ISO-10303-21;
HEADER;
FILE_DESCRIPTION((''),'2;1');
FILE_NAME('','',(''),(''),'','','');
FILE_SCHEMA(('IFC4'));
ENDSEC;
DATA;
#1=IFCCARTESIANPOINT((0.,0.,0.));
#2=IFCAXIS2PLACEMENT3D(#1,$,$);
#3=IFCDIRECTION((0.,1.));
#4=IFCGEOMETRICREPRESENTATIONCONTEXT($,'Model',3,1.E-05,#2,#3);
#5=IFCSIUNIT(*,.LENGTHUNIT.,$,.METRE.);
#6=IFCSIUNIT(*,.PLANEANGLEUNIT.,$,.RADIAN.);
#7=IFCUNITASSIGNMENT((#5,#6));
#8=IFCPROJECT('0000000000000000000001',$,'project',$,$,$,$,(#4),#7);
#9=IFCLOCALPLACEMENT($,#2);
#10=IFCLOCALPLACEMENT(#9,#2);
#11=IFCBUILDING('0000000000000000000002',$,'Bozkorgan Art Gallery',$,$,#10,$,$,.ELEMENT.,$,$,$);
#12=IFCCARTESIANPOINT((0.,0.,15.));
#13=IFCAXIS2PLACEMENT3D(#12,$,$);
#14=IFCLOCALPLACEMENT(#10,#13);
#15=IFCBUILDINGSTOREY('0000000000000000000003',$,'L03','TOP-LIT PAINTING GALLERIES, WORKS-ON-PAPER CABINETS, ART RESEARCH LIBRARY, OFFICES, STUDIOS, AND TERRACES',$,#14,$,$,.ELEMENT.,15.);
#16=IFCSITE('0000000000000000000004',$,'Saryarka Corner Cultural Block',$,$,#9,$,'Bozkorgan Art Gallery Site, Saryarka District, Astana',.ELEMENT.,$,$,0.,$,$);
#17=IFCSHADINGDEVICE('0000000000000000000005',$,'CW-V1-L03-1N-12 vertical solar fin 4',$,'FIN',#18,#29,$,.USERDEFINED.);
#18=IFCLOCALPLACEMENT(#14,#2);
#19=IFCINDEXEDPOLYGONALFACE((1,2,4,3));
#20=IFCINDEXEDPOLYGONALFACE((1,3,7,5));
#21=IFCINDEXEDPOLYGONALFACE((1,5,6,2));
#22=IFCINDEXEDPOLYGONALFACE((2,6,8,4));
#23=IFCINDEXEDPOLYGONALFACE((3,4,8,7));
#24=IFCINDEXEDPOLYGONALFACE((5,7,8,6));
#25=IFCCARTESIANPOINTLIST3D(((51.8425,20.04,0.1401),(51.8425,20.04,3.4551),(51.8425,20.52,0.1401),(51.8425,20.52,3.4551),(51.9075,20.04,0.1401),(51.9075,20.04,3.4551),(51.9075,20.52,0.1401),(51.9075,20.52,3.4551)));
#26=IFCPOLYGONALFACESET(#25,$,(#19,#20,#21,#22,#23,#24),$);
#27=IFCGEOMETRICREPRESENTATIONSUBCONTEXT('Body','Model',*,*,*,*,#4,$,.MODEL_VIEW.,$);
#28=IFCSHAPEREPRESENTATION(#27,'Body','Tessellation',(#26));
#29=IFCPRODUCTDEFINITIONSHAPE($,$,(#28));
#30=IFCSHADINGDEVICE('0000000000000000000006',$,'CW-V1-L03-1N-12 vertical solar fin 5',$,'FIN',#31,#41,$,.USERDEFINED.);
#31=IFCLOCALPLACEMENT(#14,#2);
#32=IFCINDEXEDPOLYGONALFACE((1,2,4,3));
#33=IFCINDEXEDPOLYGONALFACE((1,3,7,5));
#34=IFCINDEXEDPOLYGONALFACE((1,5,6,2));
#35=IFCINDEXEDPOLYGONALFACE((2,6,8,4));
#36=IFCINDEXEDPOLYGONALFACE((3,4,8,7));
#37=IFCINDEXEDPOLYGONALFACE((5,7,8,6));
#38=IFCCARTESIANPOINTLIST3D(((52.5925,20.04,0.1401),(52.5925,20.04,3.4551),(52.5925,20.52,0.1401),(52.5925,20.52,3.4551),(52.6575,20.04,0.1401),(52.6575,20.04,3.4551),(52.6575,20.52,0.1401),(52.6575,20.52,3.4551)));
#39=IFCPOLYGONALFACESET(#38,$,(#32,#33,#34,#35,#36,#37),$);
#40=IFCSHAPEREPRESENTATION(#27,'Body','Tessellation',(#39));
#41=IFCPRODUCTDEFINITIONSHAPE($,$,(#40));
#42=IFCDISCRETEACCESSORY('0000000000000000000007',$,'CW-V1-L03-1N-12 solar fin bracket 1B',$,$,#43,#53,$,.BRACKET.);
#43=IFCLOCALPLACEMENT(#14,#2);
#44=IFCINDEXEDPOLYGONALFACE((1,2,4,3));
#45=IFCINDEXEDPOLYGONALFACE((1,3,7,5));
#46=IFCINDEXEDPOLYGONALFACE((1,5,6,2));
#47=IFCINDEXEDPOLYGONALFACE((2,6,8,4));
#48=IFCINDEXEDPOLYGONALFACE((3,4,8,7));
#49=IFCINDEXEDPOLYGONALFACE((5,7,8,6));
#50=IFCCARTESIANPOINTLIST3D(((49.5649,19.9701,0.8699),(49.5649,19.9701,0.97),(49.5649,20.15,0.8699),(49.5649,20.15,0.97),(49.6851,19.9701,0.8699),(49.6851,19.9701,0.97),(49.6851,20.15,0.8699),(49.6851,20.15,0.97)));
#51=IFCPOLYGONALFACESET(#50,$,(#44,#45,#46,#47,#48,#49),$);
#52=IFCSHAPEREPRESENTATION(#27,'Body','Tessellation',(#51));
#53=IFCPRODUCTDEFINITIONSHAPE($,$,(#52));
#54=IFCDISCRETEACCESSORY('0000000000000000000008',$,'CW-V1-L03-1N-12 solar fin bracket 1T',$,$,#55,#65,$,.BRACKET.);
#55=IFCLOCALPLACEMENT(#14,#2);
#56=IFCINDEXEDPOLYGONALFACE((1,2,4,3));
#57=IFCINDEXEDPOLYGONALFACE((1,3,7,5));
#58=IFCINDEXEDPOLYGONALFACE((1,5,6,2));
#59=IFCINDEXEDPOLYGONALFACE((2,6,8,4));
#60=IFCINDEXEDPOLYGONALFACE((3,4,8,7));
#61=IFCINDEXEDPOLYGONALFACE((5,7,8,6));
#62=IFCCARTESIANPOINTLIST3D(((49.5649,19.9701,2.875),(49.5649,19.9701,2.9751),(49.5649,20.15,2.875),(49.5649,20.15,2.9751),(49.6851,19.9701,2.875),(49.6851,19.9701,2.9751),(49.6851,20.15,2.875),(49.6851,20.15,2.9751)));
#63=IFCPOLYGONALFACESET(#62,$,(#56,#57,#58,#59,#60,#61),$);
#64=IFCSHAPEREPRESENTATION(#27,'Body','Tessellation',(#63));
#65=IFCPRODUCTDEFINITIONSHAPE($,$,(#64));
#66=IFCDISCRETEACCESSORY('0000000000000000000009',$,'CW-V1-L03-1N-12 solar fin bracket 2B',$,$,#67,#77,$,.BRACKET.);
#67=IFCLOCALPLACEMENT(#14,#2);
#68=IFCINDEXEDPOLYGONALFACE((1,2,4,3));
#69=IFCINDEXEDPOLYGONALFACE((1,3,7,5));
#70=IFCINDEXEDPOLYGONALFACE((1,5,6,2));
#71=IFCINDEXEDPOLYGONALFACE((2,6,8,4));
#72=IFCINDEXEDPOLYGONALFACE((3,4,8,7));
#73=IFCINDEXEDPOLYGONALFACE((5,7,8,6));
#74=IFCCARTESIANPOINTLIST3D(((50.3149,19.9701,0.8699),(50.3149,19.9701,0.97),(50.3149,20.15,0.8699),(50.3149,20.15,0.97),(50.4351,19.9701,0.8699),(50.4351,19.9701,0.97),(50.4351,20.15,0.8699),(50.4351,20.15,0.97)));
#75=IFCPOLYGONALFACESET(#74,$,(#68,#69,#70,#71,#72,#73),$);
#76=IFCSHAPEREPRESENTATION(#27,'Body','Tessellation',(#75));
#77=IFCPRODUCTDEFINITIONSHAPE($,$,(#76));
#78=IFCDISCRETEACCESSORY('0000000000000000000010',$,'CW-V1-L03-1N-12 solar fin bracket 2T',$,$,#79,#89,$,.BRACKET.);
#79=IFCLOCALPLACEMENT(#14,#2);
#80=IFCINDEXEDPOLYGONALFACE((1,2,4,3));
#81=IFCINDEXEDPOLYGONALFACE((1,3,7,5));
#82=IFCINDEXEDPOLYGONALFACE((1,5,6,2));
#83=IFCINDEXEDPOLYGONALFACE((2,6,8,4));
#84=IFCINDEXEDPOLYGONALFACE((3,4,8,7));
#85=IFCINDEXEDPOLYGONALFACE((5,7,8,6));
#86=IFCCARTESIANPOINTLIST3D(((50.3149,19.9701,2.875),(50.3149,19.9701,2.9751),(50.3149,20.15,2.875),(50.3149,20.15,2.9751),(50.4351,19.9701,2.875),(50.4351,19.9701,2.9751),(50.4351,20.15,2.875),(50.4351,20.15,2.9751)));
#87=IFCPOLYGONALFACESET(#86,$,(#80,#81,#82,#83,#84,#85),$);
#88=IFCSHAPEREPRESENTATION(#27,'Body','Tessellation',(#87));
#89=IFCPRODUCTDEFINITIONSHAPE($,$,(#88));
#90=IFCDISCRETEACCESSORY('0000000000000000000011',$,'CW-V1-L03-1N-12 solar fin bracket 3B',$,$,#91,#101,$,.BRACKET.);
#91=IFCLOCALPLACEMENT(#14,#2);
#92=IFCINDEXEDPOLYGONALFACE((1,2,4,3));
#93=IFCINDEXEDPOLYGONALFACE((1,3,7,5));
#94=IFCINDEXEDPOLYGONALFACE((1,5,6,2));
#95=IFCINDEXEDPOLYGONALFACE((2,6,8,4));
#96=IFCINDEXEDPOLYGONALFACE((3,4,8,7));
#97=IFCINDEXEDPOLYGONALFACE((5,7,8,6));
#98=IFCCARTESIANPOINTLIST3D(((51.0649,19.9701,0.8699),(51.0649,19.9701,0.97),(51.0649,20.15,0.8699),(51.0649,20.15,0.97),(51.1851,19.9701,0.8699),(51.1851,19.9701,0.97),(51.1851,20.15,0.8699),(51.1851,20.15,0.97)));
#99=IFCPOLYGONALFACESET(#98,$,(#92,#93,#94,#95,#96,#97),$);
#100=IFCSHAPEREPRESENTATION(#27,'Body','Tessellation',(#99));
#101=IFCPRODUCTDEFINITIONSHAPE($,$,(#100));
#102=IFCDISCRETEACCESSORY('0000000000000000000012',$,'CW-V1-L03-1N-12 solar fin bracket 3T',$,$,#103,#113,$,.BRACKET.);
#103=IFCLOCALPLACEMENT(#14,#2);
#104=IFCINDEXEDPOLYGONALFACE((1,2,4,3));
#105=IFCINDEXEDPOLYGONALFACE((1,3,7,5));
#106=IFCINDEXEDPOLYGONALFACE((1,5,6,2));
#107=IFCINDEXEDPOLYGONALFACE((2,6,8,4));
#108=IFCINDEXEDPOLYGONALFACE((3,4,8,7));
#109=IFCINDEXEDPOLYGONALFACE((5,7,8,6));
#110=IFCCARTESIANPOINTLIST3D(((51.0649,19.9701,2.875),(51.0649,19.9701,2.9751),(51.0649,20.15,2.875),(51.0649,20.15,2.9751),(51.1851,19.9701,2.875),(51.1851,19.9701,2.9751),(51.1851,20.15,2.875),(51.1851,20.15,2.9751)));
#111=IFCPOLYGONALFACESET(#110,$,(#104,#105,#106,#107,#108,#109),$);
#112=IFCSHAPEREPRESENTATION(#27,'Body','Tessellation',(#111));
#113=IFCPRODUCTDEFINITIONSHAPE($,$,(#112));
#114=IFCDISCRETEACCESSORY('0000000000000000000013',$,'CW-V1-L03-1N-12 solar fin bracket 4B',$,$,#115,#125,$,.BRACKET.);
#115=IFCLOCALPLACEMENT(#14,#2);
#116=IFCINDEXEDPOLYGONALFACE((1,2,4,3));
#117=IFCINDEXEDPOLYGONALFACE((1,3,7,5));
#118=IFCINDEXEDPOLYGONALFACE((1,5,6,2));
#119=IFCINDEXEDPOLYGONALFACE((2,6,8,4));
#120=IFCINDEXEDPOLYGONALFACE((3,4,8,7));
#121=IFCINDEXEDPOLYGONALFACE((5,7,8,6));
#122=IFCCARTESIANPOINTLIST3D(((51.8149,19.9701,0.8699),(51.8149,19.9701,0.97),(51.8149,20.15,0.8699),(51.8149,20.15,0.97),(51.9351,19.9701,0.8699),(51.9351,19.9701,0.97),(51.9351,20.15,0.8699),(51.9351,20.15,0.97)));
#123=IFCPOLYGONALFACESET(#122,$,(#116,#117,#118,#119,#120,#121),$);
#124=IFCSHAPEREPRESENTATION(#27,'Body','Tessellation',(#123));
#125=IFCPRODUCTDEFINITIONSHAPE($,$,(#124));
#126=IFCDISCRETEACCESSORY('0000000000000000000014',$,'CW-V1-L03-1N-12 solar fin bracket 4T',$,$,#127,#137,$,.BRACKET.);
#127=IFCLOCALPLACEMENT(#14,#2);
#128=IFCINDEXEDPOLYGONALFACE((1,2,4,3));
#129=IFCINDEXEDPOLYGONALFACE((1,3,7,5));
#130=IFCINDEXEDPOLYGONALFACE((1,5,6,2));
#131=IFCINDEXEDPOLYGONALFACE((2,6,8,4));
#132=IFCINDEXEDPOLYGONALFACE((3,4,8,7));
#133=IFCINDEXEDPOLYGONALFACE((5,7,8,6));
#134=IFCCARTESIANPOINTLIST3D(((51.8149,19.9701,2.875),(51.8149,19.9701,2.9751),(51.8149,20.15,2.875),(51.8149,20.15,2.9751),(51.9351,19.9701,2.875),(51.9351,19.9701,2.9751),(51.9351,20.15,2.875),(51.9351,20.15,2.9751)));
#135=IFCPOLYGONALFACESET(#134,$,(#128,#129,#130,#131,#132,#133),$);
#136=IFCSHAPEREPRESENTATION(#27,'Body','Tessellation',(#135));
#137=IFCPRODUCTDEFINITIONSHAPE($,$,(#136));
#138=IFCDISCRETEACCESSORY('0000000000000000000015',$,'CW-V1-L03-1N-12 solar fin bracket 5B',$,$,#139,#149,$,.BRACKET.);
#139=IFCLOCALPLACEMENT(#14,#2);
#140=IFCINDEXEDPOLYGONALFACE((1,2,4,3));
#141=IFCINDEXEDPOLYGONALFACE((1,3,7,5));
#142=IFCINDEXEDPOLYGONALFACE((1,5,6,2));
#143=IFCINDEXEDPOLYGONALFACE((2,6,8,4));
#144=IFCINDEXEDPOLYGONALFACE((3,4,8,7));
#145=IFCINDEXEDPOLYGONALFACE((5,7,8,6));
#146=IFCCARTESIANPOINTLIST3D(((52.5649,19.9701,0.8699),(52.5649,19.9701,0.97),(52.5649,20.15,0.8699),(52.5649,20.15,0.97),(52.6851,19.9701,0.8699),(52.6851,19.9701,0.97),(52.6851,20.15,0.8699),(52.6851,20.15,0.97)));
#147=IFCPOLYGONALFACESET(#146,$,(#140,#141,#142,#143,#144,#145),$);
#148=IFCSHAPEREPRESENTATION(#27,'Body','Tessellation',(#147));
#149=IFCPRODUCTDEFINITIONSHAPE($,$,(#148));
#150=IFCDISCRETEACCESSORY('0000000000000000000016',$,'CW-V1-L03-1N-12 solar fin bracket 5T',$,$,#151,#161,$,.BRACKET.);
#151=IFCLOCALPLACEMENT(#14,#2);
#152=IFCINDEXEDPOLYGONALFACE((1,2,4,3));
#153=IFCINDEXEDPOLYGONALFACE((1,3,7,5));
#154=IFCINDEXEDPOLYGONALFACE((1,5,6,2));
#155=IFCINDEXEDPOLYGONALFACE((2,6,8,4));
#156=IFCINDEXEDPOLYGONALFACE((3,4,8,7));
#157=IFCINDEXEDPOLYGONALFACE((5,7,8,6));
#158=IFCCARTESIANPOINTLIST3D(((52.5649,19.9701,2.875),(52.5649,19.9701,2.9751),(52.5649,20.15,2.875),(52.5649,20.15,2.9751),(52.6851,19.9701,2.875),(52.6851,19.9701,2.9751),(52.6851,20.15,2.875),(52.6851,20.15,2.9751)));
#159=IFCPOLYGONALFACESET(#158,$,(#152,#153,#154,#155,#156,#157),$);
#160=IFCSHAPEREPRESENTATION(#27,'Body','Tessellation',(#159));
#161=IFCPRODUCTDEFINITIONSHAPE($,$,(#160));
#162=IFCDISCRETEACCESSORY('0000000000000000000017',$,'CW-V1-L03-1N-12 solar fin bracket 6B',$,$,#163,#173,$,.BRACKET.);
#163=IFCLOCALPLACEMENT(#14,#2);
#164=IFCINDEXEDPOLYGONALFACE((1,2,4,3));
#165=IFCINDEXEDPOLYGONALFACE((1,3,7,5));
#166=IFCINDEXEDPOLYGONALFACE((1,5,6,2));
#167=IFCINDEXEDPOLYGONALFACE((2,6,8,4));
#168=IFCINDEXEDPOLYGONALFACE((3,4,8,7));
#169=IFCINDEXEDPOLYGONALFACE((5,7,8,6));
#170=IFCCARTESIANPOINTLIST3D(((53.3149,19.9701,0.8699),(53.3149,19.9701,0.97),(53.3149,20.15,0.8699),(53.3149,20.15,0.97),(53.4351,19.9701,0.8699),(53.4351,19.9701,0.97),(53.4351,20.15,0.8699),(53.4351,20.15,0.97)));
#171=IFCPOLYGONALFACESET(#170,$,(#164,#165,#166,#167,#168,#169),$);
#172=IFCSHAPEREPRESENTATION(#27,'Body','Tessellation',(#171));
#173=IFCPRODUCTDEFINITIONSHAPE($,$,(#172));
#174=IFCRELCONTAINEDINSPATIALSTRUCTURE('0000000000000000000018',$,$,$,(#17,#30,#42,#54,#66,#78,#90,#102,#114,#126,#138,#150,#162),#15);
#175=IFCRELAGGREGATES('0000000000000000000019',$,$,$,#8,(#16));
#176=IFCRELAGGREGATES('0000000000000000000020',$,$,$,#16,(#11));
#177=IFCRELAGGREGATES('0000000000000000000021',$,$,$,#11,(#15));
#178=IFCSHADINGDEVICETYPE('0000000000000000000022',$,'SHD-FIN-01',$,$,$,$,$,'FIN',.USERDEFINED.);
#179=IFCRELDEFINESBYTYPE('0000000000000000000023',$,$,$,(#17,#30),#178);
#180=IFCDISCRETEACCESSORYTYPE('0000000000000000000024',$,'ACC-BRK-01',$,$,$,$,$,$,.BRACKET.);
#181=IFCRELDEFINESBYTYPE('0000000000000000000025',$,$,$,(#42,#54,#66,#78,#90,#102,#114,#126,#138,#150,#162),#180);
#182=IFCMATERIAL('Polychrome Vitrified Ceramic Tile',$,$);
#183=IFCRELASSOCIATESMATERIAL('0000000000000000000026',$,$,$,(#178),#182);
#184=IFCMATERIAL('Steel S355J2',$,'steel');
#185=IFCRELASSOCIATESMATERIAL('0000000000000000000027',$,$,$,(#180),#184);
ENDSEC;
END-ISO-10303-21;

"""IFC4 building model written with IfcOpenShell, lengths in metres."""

from ifc_helpers import new_model, si_unit, direction, frame, origin, origin_2d, place, context, subcontext, project, spatial, rectangle, extrude, material, type_object, element, save


model = new_model("IFC4")

# Units and contexts
model_context = context("Model", 3, precision=1e-05, world=origin(), true_north=direction((0.0, 1.0)))
body_context = subcontext(model_context, "Body", "Model", "MODEL_VIEW")
ifc_project = project(units=[si_unit("LENGTHUNIT", "METRE"), si_unit("PLANEANGLEUNIT", "RADIAN")], contexts=[model_context])

# Site, building, storey
site_placement = place(None, origin())
site = spatial("IfcSite", under=ifc_project, at=site_placement, Name="Saryarka Corner Cultural Block", LongName="Bozkorgan Art Gallery Site, Saryarka District, Astana", CompositionType="ELEMENT", RefElevation=0.0)
building_placement = place(site_placement, origin())
building = spatial("IfcBuilding", under=site, at=building_placement, Name="Bozkorgan Art Gallery", CompositionType="ELEMENT")
storey_placement = place(building_placement, frame((0.0, 0.0, 15.0)))
storey = spatial("IfcBuildingStorey", under=building, at=storey_placement, Name="L03", Description="TOP-LIT PAINTING GALLERIES, WORKS-ON-PAPER CABINETS, ART RESEARCH LIBRARY, OFFICES, STUDIOS, AND TERRACES", CompositionType="ELEMENT", Elevation=15.0)

# Shading devices
ifc_material_1 = material(Name="Polychrome Vitrified Ceramic Tile")
shading_device_type = type_object("IfcShadingDeviceType", Name="SHD-FIN-01", ElementType="FIN", PredefinedType="USERDEFINED", material=ifc_material_1)
for number, where, z_axis, x_axis, name in (
    (1, (51.875, 20.28, 0.1401), (0.0, 0.0, 1.0), (0.0, 1.0, 0.0), "CW-V1-L03-1N-12 vertical solar fin 4"),
    (2, (52.625, 20.28, 0.1401), (0.0, 0.0, 1.0), (0.0, 1.0, 0.0), "CW-V1-L03-1N-12 vertical solar fin 5"),
):
    element("IfcShadingDevice", number, at=place(storey_placement, frame(where, z_axis=z_axis, x_axis=x_axis)), inside=storey, type_object=shading_device_type, Name=name, ObjectType="FIN", PredefinedType="USERDEFINED", context=body_context, shape_type="SweptSolid", body=[
        extrude(rectangle(XDim=0.48, YDim=0.0649, at=origin_2d()), origin(), (0.0, 0.0, 1.0), 3.3149),
    ])

# Discrete accessories
ifc_material_2 = material(Name="Steel S355J2", Category="steel")
discrete_accessory_type = type_object("IfcDiscreteAccessoryType", Name="ACC-BRK-01", PredefinedType="BRACKET", material=ifc_material_2)
for number, where, z_axis, x_axis, name in (
    (3, (49.625, 20.0601, 0.8699), (0.0, 0.0, 1.0), (0.0, 1.0, 0.0), "CW-V1-L03-1N-12 solar fin bracket 1B"),
    (4, (49.625, 20.0601, 2.875), (0.0, 0.0, 1.0), (0.0, 1.0, 0.0), "CW-V1-L03-1N-12 solar fin bracket 1T"),
    (5, (50.375, 20.0601, 0.8699), (0.0, 0.0, 1.0), (0.0, 1.0, 0.0), "CW-V1-L03-1N-12 solar fin bracket 2B"),
    (6, (50.375, 20.0601, 2.875), (0.0, 0.0, 1.0), (0.0, 1.0, 0.0), "CW-V1-L03-1N-12 solar fin bracket 2T"),
    (7, (51.125, 20.0601, 0.8699), (0.0, 0.0, 1.0), (0.0, 1.0, 0.0), "CW-V1-L03-1N-12 solar fin bracket 3B"),
    (8, (51.125, 20.0601, 2.875), (0.0, 0.0, 1.0), (0.0, 1.0, 0.0), "CW-V1-L03-1N-12 solar fin bracket 3T"),
    (9, (51.875, 20.0601, 0.8699), (0.0, 0.0, 1.0), (0.0, 1.0, 0.0), "CW-V1-L03-1N-12 solar fin bracket 4B"),
    (10, (51.875, 20.0601, 2.875), (0.0, 0.0, 1.0), (0.0, 1.0, 0.0), "CW-V1-L03-1N-12 solar fin bracket 4T"),
    (11, (52.625, 20.0601, 0.8699), (0.0, 0.0, 1.0), (0.0, 1.0, 0.0), "CW-V1-L03-1N-12 solar fin bracket 5B"),
    (12, (52.625, 20.0601, 2.875), (0.0, 0.0, 1.0), (0.0, 1.0, 0.0), "CW-V1-L03-1N-12 solar fin bracket 5T"),
    (13, (53.375, 20.0601, 0.8699), (0.0, 0.0, 1.0), (0.0, 1.0, 0.0), "CW-V1-L03-1N-12 solar fin bracket 6B"),
):
    element("IfcDiscreteAccessory", number, at=place(storey_placement, frame(where, z_axis=z_axis, x_axis=x_axis)), inside=storey, type_object=discrete_accessory_type, Name=name, PredefinedType="BRACKET", context=body_context, shape_type="SweptSolid", body=[
        extrude(rectangle(XDim=0.1799, YDim=0.1201, at=origin_2d()), origin(), (0.0, 0.0, 1.0), 0.1001),
    ])

save(model, "model.ifc")
